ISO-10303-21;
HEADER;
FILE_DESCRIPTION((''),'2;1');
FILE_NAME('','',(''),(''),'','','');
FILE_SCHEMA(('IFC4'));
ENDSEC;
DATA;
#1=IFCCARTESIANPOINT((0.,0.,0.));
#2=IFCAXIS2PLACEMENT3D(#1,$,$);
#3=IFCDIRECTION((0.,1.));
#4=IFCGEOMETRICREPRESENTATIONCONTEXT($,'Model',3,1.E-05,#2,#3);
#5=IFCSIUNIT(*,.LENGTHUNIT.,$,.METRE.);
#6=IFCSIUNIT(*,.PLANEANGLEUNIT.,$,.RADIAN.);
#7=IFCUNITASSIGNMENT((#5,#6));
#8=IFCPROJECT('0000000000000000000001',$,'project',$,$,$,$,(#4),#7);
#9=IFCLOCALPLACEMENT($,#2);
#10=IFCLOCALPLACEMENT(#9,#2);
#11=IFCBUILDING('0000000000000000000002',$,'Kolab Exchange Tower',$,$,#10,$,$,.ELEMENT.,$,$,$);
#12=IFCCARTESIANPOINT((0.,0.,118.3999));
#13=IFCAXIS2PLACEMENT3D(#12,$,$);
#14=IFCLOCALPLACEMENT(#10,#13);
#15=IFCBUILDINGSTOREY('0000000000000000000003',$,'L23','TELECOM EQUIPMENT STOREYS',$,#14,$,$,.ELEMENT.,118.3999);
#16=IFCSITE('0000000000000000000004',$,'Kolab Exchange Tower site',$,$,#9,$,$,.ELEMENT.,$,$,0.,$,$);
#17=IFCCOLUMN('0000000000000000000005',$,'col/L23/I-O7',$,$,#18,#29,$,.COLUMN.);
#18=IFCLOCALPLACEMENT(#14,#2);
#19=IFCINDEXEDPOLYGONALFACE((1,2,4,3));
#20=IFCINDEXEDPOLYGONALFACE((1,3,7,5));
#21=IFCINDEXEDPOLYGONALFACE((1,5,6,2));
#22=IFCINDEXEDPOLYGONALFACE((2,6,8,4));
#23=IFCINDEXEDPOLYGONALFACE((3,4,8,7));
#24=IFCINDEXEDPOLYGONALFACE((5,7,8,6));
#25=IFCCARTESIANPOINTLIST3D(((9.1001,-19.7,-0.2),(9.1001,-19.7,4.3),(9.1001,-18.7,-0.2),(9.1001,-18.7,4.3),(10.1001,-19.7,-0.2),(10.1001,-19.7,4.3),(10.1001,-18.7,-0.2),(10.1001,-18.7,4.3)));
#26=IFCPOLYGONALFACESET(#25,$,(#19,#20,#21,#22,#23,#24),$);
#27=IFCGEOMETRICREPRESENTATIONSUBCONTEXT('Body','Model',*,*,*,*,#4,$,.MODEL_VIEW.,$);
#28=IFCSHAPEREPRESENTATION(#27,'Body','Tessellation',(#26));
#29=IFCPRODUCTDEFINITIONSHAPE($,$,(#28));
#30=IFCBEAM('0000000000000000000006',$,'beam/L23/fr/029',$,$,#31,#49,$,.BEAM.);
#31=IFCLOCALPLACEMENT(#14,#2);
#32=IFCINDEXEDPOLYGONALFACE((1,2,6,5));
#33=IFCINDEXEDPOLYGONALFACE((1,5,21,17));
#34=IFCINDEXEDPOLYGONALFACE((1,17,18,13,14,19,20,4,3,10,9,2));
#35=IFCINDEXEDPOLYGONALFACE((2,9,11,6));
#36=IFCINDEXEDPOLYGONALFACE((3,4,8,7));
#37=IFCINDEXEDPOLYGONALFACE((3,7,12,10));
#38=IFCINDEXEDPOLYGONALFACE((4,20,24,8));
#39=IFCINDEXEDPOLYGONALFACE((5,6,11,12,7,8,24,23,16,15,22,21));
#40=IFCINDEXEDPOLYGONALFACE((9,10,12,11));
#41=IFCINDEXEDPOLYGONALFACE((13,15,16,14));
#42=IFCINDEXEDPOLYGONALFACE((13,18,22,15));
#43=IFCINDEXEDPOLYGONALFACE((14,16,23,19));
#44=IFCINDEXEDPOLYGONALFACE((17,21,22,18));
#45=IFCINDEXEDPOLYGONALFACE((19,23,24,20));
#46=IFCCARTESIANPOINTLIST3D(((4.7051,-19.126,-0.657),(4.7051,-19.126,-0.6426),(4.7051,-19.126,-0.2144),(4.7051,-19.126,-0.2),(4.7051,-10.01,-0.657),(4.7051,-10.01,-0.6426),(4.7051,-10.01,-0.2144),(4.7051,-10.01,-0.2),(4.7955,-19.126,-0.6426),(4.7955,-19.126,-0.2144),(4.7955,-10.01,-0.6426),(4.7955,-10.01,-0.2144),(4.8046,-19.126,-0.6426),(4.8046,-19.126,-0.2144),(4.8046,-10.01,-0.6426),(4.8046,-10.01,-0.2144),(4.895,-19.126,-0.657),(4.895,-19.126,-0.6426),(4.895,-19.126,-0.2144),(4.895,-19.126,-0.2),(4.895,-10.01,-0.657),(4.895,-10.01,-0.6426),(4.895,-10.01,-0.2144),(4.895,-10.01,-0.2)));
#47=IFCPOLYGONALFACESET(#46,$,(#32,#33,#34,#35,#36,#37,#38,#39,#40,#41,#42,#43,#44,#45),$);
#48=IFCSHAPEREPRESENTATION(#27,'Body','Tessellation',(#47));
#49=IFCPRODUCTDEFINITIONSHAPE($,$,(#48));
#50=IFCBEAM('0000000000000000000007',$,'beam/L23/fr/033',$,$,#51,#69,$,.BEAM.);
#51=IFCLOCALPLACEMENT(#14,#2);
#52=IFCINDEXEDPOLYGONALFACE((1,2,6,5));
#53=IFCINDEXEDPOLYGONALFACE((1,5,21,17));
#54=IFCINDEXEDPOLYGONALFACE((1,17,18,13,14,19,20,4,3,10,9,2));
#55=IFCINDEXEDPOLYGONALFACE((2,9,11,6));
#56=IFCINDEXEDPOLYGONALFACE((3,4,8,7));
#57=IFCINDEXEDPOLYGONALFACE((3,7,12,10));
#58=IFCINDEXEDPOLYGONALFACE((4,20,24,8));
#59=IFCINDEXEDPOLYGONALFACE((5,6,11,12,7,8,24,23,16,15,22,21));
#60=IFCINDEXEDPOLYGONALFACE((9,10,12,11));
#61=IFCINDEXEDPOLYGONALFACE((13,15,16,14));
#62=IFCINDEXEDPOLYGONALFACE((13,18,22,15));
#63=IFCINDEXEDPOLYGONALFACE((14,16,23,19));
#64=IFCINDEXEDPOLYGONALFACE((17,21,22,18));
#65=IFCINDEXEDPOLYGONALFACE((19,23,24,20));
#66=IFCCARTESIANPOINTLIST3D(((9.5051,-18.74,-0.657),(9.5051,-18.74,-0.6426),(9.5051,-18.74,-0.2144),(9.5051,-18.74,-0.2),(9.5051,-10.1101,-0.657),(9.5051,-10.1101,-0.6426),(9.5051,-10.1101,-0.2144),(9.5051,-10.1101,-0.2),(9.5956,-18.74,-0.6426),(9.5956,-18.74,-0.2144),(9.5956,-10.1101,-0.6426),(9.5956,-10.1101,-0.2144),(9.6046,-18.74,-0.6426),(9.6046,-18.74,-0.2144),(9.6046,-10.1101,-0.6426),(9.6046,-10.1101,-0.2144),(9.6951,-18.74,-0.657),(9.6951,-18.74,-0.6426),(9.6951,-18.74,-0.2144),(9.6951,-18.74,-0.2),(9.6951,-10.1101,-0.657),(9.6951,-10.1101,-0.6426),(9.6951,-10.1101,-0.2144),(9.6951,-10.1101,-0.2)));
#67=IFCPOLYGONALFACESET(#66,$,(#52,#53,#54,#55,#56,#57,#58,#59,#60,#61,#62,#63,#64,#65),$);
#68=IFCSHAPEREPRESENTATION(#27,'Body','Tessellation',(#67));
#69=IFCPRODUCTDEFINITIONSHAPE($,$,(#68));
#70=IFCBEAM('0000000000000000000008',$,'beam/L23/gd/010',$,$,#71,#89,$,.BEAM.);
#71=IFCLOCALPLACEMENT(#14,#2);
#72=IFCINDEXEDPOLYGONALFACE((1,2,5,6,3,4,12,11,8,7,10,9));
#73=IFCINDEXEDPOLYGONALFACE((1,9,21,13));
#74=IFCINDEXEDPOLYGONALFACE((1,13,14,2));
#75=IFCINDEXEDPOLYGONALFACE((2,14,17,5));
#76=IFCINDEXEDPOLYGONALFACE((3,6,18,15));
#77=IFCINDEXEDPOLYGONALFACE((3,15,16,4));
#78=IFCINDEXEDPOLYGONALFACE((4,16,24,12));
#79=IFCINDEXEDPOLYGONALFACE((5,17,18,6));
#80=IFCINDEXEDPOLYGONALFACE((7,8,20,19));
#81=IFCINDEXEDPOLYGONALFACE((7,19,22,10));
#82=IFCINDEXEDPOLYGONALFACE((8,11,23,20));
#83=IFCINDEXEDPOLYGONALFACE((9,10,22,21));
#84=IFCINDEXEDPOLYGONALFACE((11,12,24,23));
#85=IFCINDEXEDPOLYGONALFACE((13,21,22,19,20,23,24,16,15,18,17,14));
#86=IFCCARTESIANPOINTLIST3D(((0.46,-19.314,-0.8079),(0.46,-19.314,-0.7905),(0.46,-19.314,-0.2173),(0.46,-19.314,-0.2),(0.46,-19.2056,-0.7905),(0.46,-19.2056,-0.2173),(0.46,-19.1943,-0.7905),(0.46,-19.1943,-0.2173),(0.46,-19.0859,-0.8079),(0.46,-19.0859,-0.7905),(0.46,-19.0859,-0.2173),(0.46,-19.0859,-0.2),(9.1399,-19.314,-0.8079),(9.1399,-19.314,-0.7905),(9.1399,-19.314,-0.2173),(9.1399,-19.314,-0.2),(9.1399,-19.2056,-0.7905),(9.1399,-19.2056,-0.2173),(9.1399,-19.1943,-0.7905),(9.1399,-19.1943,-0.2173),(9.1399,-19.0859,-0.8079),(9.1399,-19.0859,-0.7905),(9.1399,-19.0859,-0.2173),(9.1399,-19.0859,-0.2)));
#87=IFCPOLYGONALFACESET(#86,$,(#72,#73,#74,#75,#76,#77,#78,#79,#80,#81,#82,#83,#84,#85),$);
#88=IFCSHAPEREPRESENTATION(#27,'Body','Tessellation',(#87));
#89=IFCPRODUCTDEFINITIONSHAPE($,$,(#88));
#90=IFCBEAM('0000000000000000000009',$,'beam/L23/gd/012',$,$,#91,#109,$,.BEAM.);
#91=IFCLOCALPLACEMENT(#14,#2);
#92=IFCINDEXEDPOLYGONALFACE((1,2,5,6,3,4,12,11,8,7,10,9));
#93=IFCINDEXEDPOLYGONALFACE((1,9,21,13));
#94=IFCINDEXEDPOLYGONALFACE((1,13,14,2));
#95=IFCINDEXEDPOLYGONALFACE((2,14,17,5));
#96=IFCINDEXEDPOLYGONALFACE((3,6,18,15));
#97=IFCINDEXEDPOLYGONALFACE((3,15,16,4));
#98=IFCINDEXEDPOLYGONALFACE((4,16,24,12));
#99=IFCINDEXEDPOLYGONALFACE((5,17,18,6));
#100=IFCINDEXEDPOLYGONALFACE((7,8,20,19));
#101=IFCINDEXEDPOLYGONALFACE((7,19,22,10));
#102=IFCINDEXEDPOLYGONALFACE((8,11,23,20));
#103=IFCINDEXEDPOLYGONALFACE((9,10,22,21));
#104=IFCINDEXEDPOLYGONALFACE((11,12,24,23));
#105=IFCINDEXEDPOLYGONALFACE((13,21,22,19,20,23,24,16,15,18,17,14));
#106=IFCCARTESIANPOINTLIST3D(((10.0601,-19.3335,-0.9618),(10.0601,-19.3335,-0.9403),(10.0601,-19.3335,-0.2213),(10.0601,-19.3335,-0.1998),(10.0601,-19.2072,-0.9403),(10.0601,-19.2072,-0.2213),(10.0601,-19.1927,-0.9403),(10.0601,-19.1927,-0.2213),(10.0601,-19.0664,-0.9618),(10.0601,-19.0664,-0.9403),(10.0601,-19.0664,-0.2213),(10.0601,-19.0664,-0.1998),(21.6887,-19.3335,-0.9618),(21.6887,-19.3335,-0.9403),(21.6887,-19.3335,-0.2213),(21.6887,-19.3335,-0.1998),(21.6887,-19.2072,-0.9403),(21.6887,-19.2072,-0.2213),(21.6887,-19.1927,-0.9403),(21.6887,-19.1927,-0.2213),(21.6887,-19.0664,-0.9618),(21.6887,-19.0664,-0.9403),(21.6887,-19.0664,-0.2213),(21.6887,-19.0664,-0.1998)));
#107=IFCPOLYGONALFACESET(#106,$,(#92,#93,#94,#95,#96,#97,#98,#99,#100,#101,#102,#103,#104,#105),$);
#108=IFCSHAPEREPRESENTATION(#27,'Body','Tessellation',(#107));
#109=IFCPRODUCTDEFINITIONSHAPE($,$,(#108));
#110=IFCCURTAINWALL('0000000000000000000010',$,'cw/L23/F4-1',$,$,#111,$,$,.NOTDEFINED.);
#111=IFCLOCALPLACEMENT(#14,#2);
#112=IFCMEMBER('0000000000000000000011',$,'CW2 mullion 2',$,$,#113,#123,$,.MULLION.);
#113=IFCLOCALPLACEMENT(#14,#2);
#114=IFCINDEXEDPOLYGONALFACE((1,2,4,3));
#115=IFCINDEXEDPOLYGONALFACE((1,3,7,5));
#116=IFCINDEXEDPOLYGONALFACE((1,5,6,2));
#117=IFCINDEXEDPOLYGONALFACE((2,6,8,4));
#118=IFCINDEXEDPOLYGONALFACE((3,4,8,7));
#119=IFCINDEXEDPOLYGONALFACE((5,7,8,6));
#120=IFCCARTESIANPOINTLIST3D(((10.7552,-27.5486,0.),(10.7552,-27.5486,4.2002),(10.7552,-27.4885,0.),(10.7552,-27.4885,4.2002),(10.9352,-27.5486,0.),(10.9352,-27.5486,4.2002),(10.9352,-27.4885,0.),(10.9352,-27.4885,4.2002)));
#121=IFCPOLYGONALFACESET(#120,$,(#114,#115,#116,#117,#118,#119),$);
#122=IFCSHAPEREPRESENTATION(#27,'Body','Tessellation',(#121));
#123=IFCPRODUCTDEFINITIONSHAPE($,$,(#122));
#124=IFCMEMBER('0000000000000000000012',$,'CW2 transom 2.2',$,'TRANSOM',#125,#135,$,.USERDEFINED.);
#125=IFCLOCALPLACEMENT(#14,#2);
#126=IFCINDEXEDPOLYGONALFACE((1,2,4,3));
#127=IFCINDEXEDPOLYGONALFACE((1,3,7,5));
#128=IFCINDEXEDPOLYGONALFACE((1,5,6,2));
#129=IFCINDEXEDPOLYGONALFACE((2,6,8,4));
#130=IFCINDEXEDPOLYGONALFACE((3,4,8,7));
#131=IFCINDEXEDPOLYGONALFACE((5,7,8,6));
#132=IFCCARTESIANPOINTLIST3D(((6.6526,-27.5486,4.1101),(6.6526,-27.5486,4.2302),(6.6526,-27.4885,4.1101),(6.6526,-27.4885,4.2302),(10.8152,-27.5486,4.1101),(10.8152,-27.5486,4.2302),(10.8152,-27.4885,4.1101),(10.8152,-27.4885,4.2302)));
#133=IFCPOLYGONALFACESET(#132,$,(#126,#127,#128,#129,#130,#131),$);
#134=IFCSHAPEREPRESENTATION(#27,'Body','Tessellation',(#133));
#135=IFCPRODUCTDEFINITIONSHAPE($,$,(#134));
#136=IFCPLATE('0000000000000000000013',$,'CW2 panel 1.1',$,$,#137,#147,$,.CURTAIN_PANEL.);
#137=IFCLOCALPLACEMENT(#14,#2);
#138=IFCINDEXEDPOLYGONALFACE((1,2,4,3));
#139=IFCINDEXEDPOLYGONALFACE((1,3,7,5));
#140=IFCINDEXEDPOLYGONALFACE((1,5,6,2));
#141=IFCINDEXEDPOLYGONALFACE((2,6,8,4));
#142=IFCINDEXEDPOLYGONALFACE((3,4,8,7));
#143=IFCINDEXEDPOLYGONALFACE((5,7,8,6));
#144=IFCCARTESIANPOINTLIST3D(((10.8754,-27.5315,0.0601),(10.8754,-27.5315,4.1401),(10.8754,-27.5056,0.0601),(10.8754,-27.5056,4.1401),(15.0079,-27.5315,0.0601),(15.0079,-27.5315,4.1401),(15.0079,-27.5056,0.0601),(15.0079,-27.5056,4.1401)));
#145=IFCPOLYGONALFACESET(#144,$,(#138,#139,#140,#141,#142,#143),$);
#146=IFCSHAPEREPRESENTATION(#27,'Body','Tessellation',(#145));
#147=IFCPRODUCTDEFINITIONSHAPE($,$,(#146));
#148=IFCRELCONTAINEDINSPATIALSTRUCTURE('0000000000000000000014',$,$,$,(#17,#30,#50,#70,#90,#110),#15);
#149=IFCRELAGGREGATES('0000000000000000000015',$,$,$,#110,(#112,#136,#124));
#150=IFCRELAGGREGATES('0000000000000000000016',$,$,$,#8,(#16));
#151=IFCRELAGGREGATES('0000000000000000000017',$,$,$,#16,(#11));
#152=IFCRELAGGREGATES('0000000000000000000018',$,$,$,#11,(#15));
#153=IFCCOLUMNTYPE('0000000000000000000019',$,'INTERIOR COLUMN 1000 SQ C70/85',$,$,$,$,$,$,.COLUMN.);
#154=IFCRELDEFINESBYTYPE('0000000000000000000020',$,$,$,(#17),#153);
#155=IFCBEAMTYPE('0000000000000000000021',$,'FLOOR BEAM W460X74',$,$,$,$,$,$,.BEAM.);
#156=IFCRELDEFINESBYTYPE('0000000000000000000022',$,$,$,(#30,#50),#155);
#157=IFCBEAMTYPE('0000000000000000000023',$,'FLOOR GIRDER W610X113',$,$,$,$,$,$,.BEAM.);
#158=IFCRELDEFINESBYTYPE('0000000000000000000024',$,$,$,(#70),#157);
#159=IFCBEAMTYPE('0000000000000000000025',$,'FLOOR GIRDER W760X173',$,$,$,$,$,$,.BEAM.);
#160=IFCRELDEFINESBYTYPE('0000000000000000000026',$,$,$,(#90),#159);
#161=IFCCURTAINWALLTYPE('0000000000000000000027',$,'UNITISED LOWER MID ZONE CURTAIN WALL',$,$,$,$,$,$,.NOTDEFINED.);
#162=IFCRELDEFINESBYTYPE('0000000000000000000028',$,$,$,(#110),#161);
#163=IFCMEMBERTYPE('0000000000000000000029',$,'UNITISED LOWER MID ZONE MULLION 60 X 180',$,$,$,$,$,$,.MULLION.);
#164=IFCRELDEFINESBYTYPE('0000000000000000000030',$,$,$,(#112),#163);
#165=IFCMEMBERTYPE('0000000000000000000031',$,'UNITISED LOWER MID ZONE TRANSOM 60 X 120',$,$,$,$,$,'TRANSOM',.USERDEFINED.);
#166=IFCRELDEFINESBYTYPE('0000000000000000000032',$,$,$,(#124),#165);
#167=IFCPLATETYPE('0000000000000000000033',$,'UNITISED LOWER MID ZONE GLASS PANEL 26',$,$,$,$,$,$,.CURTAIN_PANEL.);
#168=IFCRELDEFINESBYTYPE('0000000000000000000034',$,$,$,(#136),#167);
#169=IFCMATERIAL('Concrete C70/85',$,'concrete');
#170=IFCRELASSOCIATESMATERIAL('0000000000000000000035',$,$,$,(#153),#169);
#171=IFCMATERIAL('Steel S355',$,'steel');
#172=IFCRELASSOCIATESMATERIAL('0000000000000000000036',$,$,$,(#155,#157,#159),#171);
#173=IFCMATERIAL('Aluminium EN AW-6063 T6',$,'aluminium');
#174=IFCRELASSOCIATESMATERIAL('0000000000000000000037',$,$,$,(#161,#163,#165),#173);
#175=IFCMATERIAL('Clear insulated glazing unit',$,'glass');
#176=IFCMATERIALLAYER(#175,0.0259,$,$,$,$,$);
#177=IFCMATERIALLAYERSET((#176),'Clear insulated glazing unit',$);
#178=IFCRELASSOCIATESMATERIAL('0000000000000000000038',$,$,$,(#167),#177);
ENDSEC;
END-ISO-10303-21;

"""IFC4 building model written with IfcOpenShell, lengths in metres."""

from ifc_helpers import new_model, si_unit, direction, frame, origin, origin_2d, place, context, subcontext, project, spatial, rectangle, i_section, extrude, material, layer, layer_set, material_profile, profile_set, type_object, element, aggregate, save


model = new_model("IFC4")

# Units and contexts
model_context = context("Model", 3, precision=1e-05, world=origin(), true_north=direction((0.0, 1.0)))
body_context = subcontext(model_context, "Body", "Model", "MODEL_VIEW")
ifc_project = project(units=[si_unit("LENGTHUNIT", "METRE"), si_unit("PLANEANGLEUNIT", "RADIAN")], contexts=[model_context])

# Site, building, storey
site_placement = place(None, origin())
site = spatial("IfcSite", under=ifc_project, at=site_placement, Name="Kolab Exchange Tower site", CompositionType="ELEMENT", RefElevation=0.0)
building_placement = place(site_placement, origin())
building = spatial("IfcBuilding", under=site, at=building_placement, Name="Kolab Exchange Tower", CompositionType="ELEMENT")
storey_placement = place(building_placement, frame((0.0, 0.0, 118.3999)))
storey = spatial("IfcBuildingStorey", under=building, at=storey_placement, Name="L23", Description="TELECOM EQUIPMENT STOREYS", CompositionType="ELEMENT", Elevation=118.3999)

# Column
ifc_material_1 = material(Name="Concrete C70/85", Category="concrete")
ifc_material_profile_1 = material_profile(ifc_material_1, rectangle(XDim=1.0, YDim=1.0, at=origin_2d()), Name="RC1000")
ifc_profile_set_1 = profile_set([ifc_material_profile_1], Name="Concrete C70/85")
column_type = type_object("IfcColumnType", Name="INTERIOR COLUMN 1000 SQ C70/85", PredefinedType="COLUMN", material=ifc_profile_set_1)
column_placement = place(storey_placement, frame((9.6001, -19.2, -0.2), z_axis=(0.0, 0.0, 1.0), x_axis=(1.0, 0.0, 0.0)))
element("IfcColumn", 1, at=column_placement, inside=storey, type_object=column_type, Name="col/L23/I-O7", PredefinedType="COLUMN", context=body_context, shape_type="SweptSolid", body=[
    extrude(rectangle(XDim=1.0, YDim=1.0, at=origin_2d()), origin(), (0.0, 0.0, 1.0), 4.5),
])

# Beams
ifc_material_2 = material(Name="Steel S355", Category="steel")
ifc_material_profile_2 = material_profile(ifc_material_2, i_section(OverallWidth=0.1899, OverallDepth=0.457, WebThickness=0.009, FlangeThickness=0.0144, at=origin_2d()), Name="W460X74")
ifc_profile_set_2 = profile_set([ifc_material_profile_2], Name="Steel S355")
beam_type_1 = type_object("IfcBeamType", Name="FLOOR BEAM W460X74", PredefinedType="BEAM", material=ifc_profile_set_2)
beam_1_placement = place(storey_placement, frame((4.8, -19.126, -0.4285), z_axis=(0.0, 1.0, 0.0), x_axis=(-1.0, 0.0, 0.0)))
element("IfcBeam", 2, at=beam_1_placement, inside=storey, type_object=beam_type_1, Name="beam/L23/fr/029", PredefinedType="BEAM", context=body_context, shape_type="SweptSolid", body=[
    extrude(i_section(OverallWidth=0.1899, OverallDepth=0.457, WebThickness=0.009, FlangeThickness=0.0144, at=origin_2d()), origin(), (0.0, 0.0, 1.0), 9.116),
])
beam_2_placement = place(storey_placement, frame((9.6001, -18.74, -0.4285), z_axis=(0.0, 1.0, 0.0), x_axis=(-1.0, 0.0, 0.0)))
element("IfcBeam", 3, at=beam_2_placement, inside=storey, type_object=beam_type_1, Name="beam/L23/fr/033", PredefinedType="BEAM", context=body_context, shape_type="SweptSolid", body=[
    extrude(i_section(OverallWidth=0.1899, OverallDepth=0.457, WebThickness=0.009, FlangeThickness=0.0144, at=origin_2d()), origin(), (0.0, 0.0, 1.0), 8.6299),
])
ifc_material_profile_3 = material_profile(ifc_material_2, i_section(OverallWidth=0.228, OverallDepth=0.6079, WebThickness=0.0112, FlangeThickness=0.0173, at=origin_2d()), Name="W610X113")
ifc_profile_set_3 = profile_set([ifc_material_profile_3], Name="Steel S355")
beam_type_2 = type_object("IfcBeamType", Name="FLOOR GIRDER W610X113", PredefinedType="BEAM", material=ifc_profile_set_3)
beam_3_placement = place(storey_placement, frame((0.46, -19.2, -0.5039), z_axis=(1.0, 0.0, 0.0), x_axis=(0.0, 1.0, 0.0)))
element("IfcBeam", 4, at=beam_3_placement, inside=storey, type_object=beam_type_2, Name="beam/L23/gd/010", PredefinedType="BEAM", context=body_context, shape_type="SweptSolid", body=[
    extrude(i_section(OverallWidth=0.228, OverallDepth=0.6079, WebThickness=0.0112, FlangeThickness=0.0173, at=origin_2d()), origin(), (0.0, 0.0, 1.0), 8.6799),
])
ifc_material_profile_4 = material_profile(ifc_material_2, i_section(OverallWidth=0.2671, OverallDepth=0.762, WebThickness=0.0144, FlangeThickness=0.0215, at=origin_2d()), Name="W760X173")
ifc_profile_set_4 = profile_set([ifc_material_profile_4], Name="Steel S355")
beam_type_3 = type_object("IfcBeamType", Name="FLOOR GIRDER W760X173", PredefinedType="BEAM", material=ifc_profile_set_4)
beam_4_placement = place(storey_placement, frame((10.0601, -19.2, -0.5808), z_axis=(1.0, 0.0, 0.0), x_axis=(0.0, 1.0, 0.0)))
element("IfcBeam", 5, at=beam_4_placement, inside=storey, type_object=beam_type_3, Name="beam/L23/gd/012", PredefinedType="BEAM", context=body_context, shape_type="SweptSolid", body=[
    extrude(i_section(OverallWidth=0.2671, OverallDepth=0.762, WebThickness=0.0144, FlangeThickness=0.0215, at=origin_2d()), origin(), (0.0, 0.0, 1.0), 11.6287),
])

# Curtain wall, members, plate
ifc_material_3 = material(Name="Aluminium EN AW-6063 T6", Category="aluminium")
curtain_wall_type = type_object("IfcCurtainWallType", Name="UNITISED LOWER MID ZONE CURTAIN WALL", PredefinedType="NOTDEFINED", material=ifc_material_3)
curtain_wall_placement = place(storey_placement, origin())
curtain_wall = element("IfcCurtainWall", 6, at=curtain_wall_placement, inside=storey, type_object=curtain_wall_type, Name="cw/L23/F4-1", PredefinedType="NOTDEFINED")
ifc_material_profile_5 = material_profile(ifc_material_3, rectangle(XDim=0.0601, YDim=0.1799, at=origin_2d()), Name="RECT 60X180")
ifc_profile_set_5 = profile_set([ifc_material_profile_5], Name="Aluminium EN AW-6063 T6")
member_type_1 = type_object("IfcMemberType", Name="UNITISED LOWER MID ZONE MULLION 60 X 180", PredefinedType="MULLION", material=ifc_profile_set_5)
member_1_placement = place(storey_placement, frame((10.8452, -27.5186, 0.0), z_axis=(0.0, 0.0, 1.0), x_axis=(0.0, -1.0, 0.0)))
member_1 = element("IfcMember", 7, at=member_1_placement, type_object=member_type_1, Name="CW2 mullion 2", PredefinedType="MULLION", context=body_context, shape_type="SweptSolid", body=[
    extrude(rectangle(XDim=0.0601, YDim=0.1799, at=origin_2d()), origin(), (0.0, 0.0, 1.0), 4.2002),
])
ifc_material_profile_6 = material_profile(ifc_material_3, rectangle(XDim=0.0601, YDim=0.1201, at=origin_2d()), Name="RECT 60X120")
ifc_profile_set_6 = profile_set([ifc_material_profile_6], Name="Aluminium EN AW-6063 T6")
member_type_2 = type_object("IfcMemberType", Name="UNITISED LOWER MID ZONE TRANSOM 60 X 120", ElementType="TRANSOM", PredefinedType="USERDEFINED", material=ifc_profile_set_6)
member_2_placement = place(storey_placement, frame((10.8152, -27.5186, 4.1702), z_axis=(-1.0, 0.0, 0.0), x_axis=(0.0, -1.0, 0.0)))
member_2 = element("IfcMember", 8, at=member_2_placement, type_object=member_type_2, Name="CW2 transom 2.2", ObjectType="TRANSOM", PredefinedType="USERDEFINED", context=body_context, shape_type="SweptSolid", body=[
    extrude(rectangle(XDim=0.0601, YDim=0.1201, at=origin_2d()), origin(), (0.0, 0.0, 1.0), 4.1626),
])
ifc_material_4 = material(Name="Clear insulated glazing unit", Category="glass")
ifc_layer_1 = layer(ifc_material_4, 0.0259)
ifc_layer_set_1 = layer_set([ifc_layer_1], Name="Clear insulated glazing unit")
plate_type = type_object("IfcPlateType", Name="UNITISED LOWER MID ZONE GLASS PANEL 26", PredefinedType="CURTAIN_PANEL", material=ifc_layer_set_1)
plate_placement = place(storey_placement, frame((12.9417, -27.5186, 0.0601), z_axis=(0.0, 0.0, 1.0), x_axis=(-1.0, 0.0, 0.0)))
plate = element("IfcPlate", 9, at=plate_placement, type_object=plate_type, Name="CW2 panel 1.1", PredefinedType="CURTAIN_PANEL", context=body_context, shape_type="SweptSolid", body=[
    extrude(rectangle(XDim=4.1326, YDim=0.0259, at=origin_2d()), origin(), (0.0, 0.0, 1.0), 4.0801),
])
aggregate(curtain_wall, [member_1, plate, member_2])

save(model, "model.ifc")
